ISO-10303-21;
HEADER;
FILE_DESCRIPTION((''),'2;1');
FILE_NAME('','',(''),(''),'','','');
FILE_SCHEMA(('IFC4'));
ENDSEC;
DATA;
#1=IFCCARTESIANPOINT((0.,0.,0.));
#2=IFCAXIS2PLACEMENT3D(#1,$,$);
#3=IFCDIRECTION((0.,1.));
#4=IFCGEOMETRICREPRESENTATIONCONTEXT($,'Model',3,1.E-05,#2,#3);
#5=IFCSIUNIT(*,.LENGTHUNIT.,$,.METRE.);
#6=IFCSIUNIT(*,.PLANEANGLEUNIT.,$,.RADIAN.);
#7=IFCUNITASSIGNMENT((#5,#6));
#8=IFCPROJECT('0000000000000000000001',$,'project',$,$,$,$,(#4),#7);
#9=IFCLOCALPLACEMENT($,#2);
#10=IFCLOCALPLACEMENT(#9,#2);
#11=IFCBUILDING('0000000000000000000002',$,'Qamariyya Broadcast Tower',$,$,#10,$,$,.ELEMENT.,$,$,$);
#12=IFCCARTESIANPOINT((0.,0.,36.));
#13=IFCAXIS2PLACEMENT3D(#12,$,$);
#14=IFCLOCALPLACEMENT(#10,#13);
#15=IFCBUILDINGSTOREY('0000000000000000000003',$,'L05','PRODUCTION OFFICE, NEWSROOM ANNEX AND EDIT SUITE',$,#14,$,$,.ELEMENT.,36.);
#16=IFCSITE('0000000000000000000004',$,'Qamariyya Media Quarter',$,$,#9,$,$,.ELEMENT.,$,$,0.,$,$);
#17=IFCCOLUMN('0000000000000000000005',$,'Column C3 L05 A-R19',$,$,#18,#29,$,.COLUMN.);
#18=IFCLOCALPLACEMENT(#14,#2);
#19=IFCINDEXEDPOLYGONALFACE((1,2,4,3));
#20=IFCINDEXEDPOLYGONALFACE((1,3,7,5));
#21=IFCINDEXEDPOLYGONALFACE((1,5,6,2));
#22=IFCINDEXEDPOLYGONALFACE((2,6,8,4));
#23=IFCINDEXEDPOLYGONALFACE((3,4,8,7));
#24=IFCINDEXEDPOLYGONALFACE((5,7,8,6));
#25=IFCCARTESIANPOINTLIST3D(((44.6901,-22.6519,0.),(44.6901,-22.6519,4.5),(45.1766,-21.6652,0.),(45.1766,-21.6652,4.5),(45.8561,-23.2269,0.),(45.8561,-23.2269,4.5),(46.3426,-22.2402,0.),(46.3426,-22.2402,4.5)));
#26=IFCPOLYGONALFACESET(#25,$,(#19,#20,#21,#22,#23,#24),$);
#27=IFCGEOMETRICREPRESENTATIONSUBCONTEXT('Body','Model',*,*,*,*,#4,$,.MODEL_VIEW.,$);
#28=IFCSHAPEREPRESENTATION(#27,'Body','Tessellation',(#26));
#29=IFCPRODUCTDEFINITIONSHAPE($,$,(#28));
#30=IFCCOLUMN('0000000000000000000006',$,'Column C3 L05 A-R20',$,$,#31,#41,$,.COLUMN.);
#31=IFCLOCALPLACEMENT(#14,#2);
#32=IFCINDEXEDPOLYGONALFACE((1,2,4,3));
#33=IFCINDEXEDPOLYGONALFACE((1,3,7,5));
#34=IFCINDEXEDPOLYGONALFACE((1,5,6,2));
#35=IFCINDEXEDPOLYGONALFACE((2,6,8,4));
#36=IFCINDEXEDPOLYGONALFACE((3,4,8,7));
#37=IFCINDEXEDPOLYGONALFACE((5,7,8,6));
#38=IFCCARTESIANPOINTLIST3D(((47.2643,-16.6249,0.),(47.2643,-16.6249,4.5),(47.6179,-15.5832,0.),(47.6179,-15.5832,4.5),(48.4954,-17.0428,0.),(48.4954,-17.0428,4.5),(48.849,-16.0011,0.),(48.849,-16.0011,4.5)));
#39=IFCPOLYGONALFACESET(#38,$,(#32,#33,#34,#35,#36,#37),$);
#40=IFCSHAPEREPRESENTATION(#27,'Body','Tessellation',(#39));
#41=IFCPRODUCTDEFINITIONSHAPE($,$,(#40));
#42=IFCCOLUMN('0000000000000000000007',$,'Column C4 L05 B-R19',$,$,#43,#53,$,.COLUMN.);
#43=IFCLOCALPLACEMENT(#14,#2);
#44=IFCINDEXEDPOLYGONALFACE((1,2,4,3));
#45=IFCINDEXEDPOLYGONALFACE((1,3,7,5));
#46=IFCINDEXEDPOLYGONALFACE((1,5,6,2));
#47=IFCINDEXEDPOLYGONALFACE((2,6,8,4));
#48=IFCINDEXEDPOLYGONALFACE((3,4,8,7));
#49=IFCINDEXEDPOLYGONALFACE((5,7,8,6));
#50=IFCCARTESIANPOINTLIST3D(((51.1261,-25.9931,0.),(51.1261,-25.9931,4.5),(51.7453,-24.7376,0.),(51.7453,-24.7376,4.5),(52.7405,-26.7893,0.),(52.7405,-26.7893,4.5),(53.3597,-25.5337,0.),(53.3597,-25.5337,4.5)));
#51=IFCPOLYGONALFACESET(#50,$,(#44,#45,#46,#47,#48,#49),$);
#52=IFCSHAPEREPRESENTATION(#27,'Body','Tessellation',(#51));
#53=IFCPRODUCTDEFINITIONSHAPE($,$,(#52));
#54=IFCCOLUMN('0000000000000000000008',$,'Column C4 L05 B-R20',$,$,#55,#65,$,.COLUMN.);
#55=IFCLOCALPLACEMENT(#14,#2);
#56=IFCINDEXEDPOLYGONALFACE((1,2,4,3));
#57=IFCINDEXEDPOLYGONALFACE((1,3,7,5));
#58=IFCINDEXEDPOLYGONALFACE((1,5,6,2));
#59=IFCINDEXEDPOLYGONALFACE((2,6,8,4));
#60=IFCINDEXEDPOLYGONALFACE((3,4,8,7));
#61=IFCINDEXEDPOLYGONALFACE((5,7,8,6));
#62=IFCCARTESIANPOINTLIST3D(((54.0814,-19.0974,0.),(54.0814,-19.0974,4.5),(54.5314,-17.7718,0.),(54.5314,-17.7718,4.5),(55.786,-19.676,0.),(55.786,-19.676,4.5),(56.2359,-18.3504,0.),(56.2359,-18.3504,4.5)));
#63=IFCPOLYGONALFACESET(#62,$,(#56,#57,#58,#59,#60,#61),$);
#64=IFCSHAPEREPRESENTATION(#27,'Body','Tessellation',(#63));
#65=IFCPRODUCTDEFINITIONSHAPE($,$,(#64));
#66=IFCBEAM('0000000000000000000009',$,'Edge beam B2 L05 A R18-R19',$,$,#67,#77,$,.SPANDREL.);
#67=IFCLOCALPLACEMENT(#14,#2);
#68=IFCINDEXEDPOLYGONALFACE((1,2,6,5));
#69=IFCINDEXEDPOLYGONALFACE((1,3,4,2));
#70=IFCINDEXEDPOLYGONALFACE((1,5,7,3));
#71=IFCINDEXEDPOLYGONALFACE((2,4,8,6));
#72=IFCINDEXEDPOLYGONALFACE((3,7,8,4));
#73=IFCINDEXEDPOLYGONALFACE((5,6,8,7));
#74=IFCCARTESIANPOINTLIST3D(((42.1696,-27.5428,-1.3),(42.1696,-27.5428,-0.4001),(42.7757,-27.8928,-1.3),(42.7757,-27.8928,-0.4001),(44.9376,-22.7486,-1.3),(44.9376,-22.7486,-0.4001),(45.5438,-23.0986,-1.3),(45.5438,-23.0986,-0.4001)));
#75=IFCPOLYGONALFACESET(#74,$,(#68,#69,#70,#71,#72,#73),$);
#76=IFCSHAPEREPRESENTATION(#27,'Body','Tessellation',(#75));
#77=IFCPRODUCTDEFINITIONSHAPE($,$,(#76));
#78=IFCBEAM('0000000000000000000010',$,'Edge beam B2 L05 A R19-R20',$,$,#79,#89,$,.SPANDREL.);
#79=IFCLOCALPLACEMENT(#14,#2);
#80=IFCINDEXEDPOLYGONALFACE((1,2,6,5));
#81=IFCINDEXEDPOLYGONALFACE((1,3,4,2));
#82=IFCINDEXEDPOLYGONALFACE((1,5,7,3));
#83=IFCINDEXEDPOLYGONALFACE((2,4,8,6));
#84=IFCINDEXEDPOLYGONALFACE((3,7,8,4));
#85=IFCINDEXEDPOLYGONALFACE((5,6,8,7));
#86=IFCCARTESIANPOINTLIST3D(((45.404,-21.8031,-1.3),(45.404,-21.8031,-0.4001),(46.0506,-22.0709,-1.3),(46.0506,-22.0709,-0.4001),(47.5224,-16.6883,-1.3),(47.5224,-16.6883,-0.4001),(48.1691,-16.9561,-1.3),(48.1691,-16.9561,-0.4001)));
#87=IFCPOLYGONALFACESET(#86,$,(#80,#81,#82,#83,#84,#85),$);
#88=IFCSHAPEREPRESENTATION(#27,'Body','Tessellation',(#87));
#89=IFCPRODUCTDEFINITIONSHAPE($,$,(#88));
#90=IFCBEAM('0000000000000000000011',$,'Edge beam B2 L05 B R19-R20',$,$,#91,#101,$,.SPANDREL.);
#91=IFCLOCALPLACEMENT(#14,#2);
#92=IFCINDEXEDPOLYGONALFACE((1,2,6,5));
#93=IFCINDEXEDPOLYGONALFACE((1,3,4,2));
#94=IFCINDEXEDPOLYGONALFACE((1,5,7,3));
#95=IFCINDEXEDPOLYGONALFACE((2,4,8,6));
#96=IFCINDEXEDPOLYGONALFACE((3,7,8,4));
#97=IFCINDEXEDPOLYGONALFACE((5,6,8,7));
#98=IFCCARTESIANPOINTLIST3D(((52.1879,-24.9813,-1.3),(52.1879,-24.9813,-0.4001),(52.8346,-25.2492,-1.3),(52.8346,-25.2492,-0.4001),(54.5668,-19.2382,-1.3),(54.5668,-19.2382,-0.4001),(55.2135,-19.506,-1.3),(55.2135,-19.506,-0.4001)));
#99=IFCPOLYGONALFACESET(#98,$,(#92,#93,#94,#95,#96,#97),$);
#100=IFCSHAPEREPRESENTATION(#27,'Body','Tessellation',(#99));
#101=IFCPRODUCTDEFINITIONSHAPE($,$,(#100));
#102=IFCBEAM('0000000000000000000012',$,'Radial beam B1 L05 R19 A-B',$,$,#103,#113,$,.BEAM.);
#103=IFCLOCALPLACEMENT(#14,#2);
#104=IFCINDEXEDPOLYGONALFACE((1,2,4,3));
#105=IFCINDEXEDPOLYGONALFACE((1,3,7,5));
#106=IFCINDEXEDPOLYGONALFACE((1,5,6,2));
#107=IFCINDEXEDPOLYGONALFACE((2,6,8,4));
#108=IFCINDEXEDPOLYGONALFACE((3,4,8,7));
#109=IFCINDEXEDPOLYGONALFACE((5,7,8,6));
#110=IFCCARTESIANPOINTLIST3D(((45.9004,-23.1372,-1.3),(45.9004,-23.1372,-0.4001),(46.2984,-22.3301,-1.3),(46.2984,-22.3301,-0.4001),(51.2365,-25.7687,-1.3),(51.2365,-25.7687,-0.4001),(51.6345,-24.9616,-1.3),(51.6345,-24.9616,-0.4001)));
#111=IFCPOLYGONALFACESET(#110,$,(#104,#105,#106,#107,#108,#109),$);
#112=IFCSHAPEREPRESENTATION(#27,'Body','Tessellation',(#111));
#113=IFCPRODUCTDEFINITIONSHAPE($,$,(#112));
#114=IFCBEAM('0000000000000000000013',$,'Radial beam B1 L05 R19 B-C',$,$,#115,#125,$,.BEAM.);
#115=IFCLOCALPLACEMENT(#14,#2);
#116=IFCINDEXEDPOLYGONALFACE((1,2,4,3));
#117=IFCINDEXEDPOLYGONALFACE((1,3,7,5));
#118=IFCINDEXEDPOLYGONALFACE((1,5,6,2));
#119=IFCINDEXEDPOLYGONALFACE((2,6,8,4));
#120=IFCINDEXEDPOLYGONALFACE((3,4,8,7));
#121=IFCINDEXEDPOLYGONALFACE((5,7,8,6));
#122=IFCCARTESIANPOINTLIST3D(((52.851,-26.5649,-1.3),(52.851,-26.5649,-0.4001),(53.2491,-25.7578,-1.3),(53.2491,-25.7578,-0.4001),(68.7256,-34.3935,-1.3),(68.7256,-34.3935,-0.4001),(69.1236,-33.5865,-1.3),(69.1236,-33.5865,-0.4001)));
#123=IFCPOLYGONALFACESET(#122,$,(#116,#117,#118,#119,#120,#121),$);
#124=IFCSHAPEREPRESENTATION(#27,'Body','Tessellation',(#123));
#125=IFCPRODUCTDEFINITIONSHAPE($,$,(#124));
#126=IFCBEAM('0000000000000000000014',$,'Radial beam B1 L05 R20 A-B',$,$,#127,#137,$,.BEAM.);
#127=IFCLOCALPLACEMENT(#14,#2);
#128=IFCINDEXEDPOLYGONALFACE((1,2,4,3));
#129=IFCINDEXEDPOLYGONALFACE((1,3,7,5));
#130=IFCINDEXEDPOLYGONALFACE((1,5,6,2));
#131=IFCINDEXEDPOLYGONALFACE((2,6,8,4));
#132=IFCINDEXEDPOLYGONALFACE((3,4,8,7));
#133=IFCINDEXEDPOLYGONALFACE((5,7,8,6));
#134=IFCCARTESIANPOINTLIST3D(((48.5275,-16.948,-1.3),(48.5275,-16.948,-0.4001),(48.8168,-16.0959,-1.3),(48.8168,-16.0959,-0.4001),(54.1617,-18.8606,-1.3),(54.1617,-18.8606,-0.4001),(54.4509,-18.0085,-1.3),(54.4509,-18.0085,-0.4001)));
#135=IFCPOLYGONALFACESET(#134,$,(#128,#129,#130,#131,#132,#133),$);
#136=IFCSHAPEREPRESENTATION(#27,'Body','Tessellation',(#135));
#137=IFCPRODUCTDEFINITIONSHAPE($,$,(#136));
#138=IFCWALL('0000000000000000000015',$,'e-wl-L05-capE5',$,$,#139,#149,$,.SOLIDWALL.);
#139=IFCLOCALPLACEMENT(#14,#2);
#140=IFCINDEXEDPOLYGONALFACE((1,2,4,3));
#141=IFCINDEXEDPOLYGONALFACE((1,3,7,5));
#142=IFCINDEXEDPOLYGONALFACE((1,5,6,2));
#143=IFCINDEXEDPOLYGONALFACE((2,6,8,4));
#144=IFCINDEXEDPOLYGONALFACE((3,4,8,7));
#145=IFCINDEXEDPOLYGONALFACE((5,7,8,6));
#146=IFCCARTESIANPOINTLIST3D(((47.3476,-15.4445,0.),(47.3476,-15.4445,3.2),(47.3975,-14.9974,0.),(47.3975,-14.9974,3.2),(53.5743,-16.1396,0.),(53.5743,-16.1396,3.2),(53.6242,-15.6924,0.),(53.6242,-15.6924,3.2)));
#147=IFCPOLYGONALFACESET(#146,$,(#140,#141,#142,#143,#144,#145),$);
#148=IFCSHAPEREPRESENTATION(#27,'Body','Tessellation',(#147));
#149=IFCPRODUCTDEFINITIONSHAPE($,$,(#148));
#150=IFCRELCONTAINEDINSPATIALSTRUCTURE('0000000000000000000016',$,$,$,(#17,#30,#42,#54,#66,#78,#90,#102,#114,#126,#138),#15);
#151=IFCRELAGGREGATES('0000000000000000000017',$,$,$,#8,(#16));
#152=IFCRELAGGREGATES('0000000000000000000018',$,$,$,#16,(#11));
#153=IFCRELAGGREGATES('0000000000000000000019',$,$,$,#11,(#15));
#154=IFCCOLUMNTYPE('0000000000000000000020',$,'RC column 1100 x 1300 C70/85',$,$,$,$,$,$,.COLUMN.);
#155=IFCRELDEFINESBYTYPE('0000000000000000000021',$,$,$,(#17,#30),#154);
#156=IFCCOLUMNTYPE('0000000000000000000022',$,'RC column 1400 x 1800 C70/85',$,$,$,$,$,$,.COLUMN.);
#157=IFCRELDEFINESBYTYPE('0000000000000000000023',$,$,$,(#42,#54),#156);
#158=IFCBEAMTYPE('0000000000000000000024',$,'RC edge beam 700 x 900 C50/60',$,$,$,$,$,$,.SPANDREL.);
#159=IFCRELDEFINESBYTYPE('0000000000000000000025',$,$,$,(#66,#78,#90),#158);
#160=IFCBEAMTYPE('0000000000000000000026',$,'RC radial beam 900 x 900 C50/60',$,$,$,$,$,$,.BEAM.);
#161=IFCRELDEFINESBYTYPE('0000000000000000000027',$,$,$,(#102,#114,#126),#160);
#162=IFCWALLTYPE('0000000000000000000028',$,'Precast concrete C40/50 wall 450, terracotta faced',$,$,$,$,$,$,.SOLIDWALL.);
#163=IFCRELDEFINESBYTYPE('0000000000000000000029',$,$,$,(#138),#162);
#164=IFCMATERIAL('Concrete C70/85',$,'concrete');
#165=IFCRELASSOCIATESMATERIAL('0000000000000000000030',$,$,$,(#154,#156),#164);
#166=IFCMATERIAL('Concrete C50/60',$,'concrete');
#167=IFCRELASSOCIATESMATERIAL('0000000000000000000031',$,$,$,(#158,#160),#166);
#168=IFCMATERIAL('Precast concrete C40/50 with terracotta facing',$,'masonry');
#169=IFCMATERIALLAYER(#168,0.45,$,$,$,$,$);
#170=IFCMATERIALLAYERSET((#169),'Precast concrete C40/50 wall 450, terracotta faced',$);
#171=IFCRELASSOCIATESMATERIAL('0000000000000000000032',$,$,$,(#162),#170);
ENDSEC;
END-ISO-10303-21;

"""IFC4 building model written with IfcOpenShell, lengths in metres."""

from ifc_helpers import new_model, si_unit, direction, frame, frame_2d, origin, origin_2d, place, context, subcontext, project, spatial, rectangle, extrude, material, layer, layer_set, material_profile, profile_set, type_object, element, save


model = new_model("IFC4")

# Units and contexts
model_context = context("Model", 3, precision=1e-05, world=origin(), true_north=direction((0.0, 1.0)))
body_context = subcontext(model_context, "Body", "Model", "MODEL_VIEW")
ifc_project = project(units=[si_unit("LENGTHUNIT", "METRE"), si_unit("PLANEANGLEUNIT", "RADIAN")], contexts=[model_context])

# Site, building, storey
site_placement = place(None, origin())
site = spatial("IfcSite", under=ifc_project, at=site_placement, Name="Qamariyya Media Quarter", CompositionType="ELEMENT", RefElevation=0.0)
building_placement = place(site_placement, origin())
building = spatial("IfcBuilding", under=site, at=building_placement, Name="Qamariyya Broadcast Tower", CompositionType="ELEMENT")
storey_placement = place(building_placement, frame((0.0, 0.0, 36.0)))
storey = spatial("IfcBuildingStorey", under=building, at=storey_placement, Name="L05", Description="PRODUCTION OFFICE, NEWSROOM ANNEX AND EDIT SUITE", CompositionType="ELEMENT", Elevation=36.0)

# Columns
ifc_material_1 = material(Name="Concrete C70/85", Category="concrete")
ifc_material_profile_1 = material_profile(ifc_material_1, rectangle(XDim=1.1001, YDim=1.3, at=origin_2d()))
ifc_profile_set_1 = profile_set([ifc_material_profile_1], Name="Concrete C70/85")
column_type_1 = type_object("IfcColumnType", Name="RC column 1100 x 1300 C70/85", PredefinedType="COLUMN", material=ifc_profile_set_1)
for number, where, z_axis, x_axis, name in (
    (1, (45.5164, -22.446, 0.0), (0.0, 0.0, 1.0), (0.442289, 0.896873, 0.0), "Column C3 L05 A-R19"),
    (2, (48.0566, -16.313, 0.0), (0.0, 0.0, 1.0), (0.321439, 0.94693, 0.0), "Column C3 L05 A-R20"),
):
    element("IfcColumn", number, at=place(storey_placement, frame(where, z_axis=z_axis, x_axis=x_axis)), inside=storey, type_object=column_type_1, Name=name, PredefinedType="COLUMN", context=body_context, shape_type="SweptSolid", body=[
        extrude(rectangle(XDim=1.1001, YDim=1.3, at=origin_2d()), origin(), (0.0, 0.0, 1.0), 4.5),
    ])
ifc_material_profile_2 = material_profile(ifc_material_1, rectangle(XDim=1.3999, YDim=1.8, at=origin_2d()))
ifc_profile_set_2 = profile_set([ifc_material_profile_2], Name="Concrete C70/85")
column_type_2 = type_object("IfcColumnType", Name="RC column 1400 x 1800 C70/85", PredefinedType="COLUMN", material=ifc_profile_set_2)
for number, where, z_axis, x_axis, name in (
    (3, (52.2429, -25.7634, 0.0), (0.0, 0.0, 1.0), (0.442289, 0.896873, 0.0), "Column C4 L05 B-R19"),
    (4, (55.1587, -18.7239, 0.0), (0.0, 0.0, 1.0), (0.321439, 0.94693, 0.0), "Column C4 L05 B-R20"),
):
    element("IfcColumn", number, at=place(storey_placement, frame(where, z_axis=z_axis, x_axis=x_axis)), inside=storey, type_object=column_type_2, Name=name, PredefinedType="COLUMN", context=body_context, shape_type="SweptSolid", body=[
        extrude(rectangle(XDim=1.3999, YDim=1.8, at=origin_2d()), origin(), (0.0, 0.0, 1.0), 4.5),
    ])

# Beams
ifc_material_2 = material(Name="Concrete C50/60", Category="concrete")
ifc_material_profile_3 = material_profile(ifc_material_2, rectangle(XDim=0.7, YDim=0.8999, at=origin_2d()))
ifc_profile_set_3 = profile_set([ifc_material_profile_3], Name="Concrete C50/60")
beam_type_1 = type_object("IfcBeamType", Name="RC edge beam 700 x 900 C50/60", PredefinedType="SPANDREL", material=ifc_profile_set_3)
beam_1_placement = place(storey_placement, frame((42.4727, -27.7178, -0.8501), z_axis=(0.500019, 0.866014, 0.0), x_axis=(-0.866014, 0.500019, 0.0)))
element("IfcBeam", 5, at=beam_1_placement, inside=storey, type_object=beam_type_1, Name="Edge beam B2 L05 A R18-R19", PredefinedType="SPANDREL", context=body_context, shape_type="SweptSolid", body=[
    extrude(rectangle(XDim=0.7, YDim=0.8999, at=origin_2d()), origin(), (0.0, 0.0, 1.0), 5.5359),
])
beam_2_placement = place(storey_placement, frame((45.7273, -21.937, -0.8501), z_axis=(0.382654, 0.923892, 0.0), x_axis=(-0.923892, 0.382654, 0.0)))
element("IfcBeam", 6, at=beam_2_placement, inside=storey, type_object=beam_type_1, Name="Edge beam B2 L05 A R19-R20", PredefinedType="SPANDREL", context=body_context, shape_type="SweptSolid", body=[
    extrude(rectangle(XDim=0.7, YDim=0.8999, at=origin_2d()), origin(), (0.0, 0.0, 1.0), 5.5361),
])
beam_3_placement = place(storey_placement, frame((52.5112, -25.1152, -0.8501), z_axis=(0.382685, 0.923879, 0.0), x_axis=(-0.923879, 0.382685, 0.0)))
element("IfcBeam", 7, at=beam_3_placement, inside=storey, type_object=beam_type_1, Name="Edge beam B2 L05 B R19-R20", PredefinedType="SPANDREL", context=body_context, shape_type="SweptSolid", body=[
    extrude(rectangle(XDim=0.7, YDim=0.8999, at=origin_2d()), origin(), (0.0, 0.0, 1.0), 6.2163),
])
ifc_material_profile_4 = material_profile(ifc_material_2, rectangle(XDim=0.8999, YDim=0.8999, at=origin_2d()))
ifc_profile_set_4 = profile_set([ifc_material_profile_4], Name="Concrete C50/60")
beam_type_2 = type_object("IfcBeamType", Name="RC radial beam 900 x 900 C50/60", PredefinedType="BEAM", material=ifc_profile_set_4)
beam_4_placement = place(storey_placement, frame((46.0994, -22.7336, -0.8501), z_axis=(0.896868, -0.442299, 0.0), x_axis=(0.442299, 0.896868, 0.0)))
element("IfcBeam", 8, at=beam_4_placement, inside=storey, type_object=beam_type_2, Name="Radial beam B1 L05 R19 A-B", PredefinedType="BEAM", context=body_context, shape_type="SweptSolid", body=[
    extrude(rectangle(XDim=0.8999, YDim=0.8999, at=origin_2d()), origin(), (0.0, 0.0, 1.0), 5.9497),
])
beam_5_placement = place(storey_placement, frame((53.05, -26.1614, -0.8501), z_axis=(0.896869, -0.442296, 0.0), x_axis=(0.442296, 0.896869, 0.0)))
element("IfcBeam", 9, at=beam_5_placement, inside=storey, type_object=beam_type_2, Name="Radial beam B1 L05 R19 B-C", PredefinedType="BEAM", context=body_context, shape_type="SweptSolid", body=[
    extrude(rectangle(XDim=0.8999, YDim=0.8999, at=origin_2d()), origin(), (0.0, 0.0, 1.0), 17.7),
])
beam_6_placement = place(storey_placement, frame((48.6721, -16.522, -0.8501), z_axis=(0.946929, -0.321442, 0.0), x_axis=(0.321442, 0.946929, 0.0)))
element("IfcBeam", 10, at=beam_6_placement, inside=storey, type_object=beam_type_2, Name="Radial beam B1 L05 R20 A-B", PredefinedType="BEAM", context=body_context, shape_type="SweptSolid", body=[
    extrude(rectangle(XDim=0.8999, YDim=0.8999, at=origin_2d()), origin(), (0.0, 0.0, 1.0), 5.95),
])

# Wall
ifc_material_3 = material(Name="Precast concrete C40/50 with terracotta facing", Category="masonry")
ifc_layer = layer(ifc_material_3, 0.45)
ifc_layer_set = layer_set([ifc_layer], Name="Precast concrete C40/50 wall 450, terracotta faced")
wall_type = type_object("IfcWallType", Name="Precast concrete C40/50 wall 450, terracotta faced", PredefinedType="SOLIDWALL", material=ifc_layer_set)
wall_1_placement = place(storey_placement, frame((53.5994, -15.916, 0.0), z_axis=(0.0, 0.0, 1.0), x_axis=(-0.993828, 0.110936, 0.0)))
element("IfcWall", 11, at=wall_1_placement, inside=storey, type_object=wall_type, Name="e-wl-L05-capE5", PredefinedType="SOLIDWALL", context=body_context, shape_type="SweptSolid", body=[
    extrude(rectangle(XDim=6.2654, YDim=0.45, at=frame_2d((3.1328, 0.0))), origin(), (0.0, 0.0, 1.0), 3.2),
])

save(model, "model.ifc")
